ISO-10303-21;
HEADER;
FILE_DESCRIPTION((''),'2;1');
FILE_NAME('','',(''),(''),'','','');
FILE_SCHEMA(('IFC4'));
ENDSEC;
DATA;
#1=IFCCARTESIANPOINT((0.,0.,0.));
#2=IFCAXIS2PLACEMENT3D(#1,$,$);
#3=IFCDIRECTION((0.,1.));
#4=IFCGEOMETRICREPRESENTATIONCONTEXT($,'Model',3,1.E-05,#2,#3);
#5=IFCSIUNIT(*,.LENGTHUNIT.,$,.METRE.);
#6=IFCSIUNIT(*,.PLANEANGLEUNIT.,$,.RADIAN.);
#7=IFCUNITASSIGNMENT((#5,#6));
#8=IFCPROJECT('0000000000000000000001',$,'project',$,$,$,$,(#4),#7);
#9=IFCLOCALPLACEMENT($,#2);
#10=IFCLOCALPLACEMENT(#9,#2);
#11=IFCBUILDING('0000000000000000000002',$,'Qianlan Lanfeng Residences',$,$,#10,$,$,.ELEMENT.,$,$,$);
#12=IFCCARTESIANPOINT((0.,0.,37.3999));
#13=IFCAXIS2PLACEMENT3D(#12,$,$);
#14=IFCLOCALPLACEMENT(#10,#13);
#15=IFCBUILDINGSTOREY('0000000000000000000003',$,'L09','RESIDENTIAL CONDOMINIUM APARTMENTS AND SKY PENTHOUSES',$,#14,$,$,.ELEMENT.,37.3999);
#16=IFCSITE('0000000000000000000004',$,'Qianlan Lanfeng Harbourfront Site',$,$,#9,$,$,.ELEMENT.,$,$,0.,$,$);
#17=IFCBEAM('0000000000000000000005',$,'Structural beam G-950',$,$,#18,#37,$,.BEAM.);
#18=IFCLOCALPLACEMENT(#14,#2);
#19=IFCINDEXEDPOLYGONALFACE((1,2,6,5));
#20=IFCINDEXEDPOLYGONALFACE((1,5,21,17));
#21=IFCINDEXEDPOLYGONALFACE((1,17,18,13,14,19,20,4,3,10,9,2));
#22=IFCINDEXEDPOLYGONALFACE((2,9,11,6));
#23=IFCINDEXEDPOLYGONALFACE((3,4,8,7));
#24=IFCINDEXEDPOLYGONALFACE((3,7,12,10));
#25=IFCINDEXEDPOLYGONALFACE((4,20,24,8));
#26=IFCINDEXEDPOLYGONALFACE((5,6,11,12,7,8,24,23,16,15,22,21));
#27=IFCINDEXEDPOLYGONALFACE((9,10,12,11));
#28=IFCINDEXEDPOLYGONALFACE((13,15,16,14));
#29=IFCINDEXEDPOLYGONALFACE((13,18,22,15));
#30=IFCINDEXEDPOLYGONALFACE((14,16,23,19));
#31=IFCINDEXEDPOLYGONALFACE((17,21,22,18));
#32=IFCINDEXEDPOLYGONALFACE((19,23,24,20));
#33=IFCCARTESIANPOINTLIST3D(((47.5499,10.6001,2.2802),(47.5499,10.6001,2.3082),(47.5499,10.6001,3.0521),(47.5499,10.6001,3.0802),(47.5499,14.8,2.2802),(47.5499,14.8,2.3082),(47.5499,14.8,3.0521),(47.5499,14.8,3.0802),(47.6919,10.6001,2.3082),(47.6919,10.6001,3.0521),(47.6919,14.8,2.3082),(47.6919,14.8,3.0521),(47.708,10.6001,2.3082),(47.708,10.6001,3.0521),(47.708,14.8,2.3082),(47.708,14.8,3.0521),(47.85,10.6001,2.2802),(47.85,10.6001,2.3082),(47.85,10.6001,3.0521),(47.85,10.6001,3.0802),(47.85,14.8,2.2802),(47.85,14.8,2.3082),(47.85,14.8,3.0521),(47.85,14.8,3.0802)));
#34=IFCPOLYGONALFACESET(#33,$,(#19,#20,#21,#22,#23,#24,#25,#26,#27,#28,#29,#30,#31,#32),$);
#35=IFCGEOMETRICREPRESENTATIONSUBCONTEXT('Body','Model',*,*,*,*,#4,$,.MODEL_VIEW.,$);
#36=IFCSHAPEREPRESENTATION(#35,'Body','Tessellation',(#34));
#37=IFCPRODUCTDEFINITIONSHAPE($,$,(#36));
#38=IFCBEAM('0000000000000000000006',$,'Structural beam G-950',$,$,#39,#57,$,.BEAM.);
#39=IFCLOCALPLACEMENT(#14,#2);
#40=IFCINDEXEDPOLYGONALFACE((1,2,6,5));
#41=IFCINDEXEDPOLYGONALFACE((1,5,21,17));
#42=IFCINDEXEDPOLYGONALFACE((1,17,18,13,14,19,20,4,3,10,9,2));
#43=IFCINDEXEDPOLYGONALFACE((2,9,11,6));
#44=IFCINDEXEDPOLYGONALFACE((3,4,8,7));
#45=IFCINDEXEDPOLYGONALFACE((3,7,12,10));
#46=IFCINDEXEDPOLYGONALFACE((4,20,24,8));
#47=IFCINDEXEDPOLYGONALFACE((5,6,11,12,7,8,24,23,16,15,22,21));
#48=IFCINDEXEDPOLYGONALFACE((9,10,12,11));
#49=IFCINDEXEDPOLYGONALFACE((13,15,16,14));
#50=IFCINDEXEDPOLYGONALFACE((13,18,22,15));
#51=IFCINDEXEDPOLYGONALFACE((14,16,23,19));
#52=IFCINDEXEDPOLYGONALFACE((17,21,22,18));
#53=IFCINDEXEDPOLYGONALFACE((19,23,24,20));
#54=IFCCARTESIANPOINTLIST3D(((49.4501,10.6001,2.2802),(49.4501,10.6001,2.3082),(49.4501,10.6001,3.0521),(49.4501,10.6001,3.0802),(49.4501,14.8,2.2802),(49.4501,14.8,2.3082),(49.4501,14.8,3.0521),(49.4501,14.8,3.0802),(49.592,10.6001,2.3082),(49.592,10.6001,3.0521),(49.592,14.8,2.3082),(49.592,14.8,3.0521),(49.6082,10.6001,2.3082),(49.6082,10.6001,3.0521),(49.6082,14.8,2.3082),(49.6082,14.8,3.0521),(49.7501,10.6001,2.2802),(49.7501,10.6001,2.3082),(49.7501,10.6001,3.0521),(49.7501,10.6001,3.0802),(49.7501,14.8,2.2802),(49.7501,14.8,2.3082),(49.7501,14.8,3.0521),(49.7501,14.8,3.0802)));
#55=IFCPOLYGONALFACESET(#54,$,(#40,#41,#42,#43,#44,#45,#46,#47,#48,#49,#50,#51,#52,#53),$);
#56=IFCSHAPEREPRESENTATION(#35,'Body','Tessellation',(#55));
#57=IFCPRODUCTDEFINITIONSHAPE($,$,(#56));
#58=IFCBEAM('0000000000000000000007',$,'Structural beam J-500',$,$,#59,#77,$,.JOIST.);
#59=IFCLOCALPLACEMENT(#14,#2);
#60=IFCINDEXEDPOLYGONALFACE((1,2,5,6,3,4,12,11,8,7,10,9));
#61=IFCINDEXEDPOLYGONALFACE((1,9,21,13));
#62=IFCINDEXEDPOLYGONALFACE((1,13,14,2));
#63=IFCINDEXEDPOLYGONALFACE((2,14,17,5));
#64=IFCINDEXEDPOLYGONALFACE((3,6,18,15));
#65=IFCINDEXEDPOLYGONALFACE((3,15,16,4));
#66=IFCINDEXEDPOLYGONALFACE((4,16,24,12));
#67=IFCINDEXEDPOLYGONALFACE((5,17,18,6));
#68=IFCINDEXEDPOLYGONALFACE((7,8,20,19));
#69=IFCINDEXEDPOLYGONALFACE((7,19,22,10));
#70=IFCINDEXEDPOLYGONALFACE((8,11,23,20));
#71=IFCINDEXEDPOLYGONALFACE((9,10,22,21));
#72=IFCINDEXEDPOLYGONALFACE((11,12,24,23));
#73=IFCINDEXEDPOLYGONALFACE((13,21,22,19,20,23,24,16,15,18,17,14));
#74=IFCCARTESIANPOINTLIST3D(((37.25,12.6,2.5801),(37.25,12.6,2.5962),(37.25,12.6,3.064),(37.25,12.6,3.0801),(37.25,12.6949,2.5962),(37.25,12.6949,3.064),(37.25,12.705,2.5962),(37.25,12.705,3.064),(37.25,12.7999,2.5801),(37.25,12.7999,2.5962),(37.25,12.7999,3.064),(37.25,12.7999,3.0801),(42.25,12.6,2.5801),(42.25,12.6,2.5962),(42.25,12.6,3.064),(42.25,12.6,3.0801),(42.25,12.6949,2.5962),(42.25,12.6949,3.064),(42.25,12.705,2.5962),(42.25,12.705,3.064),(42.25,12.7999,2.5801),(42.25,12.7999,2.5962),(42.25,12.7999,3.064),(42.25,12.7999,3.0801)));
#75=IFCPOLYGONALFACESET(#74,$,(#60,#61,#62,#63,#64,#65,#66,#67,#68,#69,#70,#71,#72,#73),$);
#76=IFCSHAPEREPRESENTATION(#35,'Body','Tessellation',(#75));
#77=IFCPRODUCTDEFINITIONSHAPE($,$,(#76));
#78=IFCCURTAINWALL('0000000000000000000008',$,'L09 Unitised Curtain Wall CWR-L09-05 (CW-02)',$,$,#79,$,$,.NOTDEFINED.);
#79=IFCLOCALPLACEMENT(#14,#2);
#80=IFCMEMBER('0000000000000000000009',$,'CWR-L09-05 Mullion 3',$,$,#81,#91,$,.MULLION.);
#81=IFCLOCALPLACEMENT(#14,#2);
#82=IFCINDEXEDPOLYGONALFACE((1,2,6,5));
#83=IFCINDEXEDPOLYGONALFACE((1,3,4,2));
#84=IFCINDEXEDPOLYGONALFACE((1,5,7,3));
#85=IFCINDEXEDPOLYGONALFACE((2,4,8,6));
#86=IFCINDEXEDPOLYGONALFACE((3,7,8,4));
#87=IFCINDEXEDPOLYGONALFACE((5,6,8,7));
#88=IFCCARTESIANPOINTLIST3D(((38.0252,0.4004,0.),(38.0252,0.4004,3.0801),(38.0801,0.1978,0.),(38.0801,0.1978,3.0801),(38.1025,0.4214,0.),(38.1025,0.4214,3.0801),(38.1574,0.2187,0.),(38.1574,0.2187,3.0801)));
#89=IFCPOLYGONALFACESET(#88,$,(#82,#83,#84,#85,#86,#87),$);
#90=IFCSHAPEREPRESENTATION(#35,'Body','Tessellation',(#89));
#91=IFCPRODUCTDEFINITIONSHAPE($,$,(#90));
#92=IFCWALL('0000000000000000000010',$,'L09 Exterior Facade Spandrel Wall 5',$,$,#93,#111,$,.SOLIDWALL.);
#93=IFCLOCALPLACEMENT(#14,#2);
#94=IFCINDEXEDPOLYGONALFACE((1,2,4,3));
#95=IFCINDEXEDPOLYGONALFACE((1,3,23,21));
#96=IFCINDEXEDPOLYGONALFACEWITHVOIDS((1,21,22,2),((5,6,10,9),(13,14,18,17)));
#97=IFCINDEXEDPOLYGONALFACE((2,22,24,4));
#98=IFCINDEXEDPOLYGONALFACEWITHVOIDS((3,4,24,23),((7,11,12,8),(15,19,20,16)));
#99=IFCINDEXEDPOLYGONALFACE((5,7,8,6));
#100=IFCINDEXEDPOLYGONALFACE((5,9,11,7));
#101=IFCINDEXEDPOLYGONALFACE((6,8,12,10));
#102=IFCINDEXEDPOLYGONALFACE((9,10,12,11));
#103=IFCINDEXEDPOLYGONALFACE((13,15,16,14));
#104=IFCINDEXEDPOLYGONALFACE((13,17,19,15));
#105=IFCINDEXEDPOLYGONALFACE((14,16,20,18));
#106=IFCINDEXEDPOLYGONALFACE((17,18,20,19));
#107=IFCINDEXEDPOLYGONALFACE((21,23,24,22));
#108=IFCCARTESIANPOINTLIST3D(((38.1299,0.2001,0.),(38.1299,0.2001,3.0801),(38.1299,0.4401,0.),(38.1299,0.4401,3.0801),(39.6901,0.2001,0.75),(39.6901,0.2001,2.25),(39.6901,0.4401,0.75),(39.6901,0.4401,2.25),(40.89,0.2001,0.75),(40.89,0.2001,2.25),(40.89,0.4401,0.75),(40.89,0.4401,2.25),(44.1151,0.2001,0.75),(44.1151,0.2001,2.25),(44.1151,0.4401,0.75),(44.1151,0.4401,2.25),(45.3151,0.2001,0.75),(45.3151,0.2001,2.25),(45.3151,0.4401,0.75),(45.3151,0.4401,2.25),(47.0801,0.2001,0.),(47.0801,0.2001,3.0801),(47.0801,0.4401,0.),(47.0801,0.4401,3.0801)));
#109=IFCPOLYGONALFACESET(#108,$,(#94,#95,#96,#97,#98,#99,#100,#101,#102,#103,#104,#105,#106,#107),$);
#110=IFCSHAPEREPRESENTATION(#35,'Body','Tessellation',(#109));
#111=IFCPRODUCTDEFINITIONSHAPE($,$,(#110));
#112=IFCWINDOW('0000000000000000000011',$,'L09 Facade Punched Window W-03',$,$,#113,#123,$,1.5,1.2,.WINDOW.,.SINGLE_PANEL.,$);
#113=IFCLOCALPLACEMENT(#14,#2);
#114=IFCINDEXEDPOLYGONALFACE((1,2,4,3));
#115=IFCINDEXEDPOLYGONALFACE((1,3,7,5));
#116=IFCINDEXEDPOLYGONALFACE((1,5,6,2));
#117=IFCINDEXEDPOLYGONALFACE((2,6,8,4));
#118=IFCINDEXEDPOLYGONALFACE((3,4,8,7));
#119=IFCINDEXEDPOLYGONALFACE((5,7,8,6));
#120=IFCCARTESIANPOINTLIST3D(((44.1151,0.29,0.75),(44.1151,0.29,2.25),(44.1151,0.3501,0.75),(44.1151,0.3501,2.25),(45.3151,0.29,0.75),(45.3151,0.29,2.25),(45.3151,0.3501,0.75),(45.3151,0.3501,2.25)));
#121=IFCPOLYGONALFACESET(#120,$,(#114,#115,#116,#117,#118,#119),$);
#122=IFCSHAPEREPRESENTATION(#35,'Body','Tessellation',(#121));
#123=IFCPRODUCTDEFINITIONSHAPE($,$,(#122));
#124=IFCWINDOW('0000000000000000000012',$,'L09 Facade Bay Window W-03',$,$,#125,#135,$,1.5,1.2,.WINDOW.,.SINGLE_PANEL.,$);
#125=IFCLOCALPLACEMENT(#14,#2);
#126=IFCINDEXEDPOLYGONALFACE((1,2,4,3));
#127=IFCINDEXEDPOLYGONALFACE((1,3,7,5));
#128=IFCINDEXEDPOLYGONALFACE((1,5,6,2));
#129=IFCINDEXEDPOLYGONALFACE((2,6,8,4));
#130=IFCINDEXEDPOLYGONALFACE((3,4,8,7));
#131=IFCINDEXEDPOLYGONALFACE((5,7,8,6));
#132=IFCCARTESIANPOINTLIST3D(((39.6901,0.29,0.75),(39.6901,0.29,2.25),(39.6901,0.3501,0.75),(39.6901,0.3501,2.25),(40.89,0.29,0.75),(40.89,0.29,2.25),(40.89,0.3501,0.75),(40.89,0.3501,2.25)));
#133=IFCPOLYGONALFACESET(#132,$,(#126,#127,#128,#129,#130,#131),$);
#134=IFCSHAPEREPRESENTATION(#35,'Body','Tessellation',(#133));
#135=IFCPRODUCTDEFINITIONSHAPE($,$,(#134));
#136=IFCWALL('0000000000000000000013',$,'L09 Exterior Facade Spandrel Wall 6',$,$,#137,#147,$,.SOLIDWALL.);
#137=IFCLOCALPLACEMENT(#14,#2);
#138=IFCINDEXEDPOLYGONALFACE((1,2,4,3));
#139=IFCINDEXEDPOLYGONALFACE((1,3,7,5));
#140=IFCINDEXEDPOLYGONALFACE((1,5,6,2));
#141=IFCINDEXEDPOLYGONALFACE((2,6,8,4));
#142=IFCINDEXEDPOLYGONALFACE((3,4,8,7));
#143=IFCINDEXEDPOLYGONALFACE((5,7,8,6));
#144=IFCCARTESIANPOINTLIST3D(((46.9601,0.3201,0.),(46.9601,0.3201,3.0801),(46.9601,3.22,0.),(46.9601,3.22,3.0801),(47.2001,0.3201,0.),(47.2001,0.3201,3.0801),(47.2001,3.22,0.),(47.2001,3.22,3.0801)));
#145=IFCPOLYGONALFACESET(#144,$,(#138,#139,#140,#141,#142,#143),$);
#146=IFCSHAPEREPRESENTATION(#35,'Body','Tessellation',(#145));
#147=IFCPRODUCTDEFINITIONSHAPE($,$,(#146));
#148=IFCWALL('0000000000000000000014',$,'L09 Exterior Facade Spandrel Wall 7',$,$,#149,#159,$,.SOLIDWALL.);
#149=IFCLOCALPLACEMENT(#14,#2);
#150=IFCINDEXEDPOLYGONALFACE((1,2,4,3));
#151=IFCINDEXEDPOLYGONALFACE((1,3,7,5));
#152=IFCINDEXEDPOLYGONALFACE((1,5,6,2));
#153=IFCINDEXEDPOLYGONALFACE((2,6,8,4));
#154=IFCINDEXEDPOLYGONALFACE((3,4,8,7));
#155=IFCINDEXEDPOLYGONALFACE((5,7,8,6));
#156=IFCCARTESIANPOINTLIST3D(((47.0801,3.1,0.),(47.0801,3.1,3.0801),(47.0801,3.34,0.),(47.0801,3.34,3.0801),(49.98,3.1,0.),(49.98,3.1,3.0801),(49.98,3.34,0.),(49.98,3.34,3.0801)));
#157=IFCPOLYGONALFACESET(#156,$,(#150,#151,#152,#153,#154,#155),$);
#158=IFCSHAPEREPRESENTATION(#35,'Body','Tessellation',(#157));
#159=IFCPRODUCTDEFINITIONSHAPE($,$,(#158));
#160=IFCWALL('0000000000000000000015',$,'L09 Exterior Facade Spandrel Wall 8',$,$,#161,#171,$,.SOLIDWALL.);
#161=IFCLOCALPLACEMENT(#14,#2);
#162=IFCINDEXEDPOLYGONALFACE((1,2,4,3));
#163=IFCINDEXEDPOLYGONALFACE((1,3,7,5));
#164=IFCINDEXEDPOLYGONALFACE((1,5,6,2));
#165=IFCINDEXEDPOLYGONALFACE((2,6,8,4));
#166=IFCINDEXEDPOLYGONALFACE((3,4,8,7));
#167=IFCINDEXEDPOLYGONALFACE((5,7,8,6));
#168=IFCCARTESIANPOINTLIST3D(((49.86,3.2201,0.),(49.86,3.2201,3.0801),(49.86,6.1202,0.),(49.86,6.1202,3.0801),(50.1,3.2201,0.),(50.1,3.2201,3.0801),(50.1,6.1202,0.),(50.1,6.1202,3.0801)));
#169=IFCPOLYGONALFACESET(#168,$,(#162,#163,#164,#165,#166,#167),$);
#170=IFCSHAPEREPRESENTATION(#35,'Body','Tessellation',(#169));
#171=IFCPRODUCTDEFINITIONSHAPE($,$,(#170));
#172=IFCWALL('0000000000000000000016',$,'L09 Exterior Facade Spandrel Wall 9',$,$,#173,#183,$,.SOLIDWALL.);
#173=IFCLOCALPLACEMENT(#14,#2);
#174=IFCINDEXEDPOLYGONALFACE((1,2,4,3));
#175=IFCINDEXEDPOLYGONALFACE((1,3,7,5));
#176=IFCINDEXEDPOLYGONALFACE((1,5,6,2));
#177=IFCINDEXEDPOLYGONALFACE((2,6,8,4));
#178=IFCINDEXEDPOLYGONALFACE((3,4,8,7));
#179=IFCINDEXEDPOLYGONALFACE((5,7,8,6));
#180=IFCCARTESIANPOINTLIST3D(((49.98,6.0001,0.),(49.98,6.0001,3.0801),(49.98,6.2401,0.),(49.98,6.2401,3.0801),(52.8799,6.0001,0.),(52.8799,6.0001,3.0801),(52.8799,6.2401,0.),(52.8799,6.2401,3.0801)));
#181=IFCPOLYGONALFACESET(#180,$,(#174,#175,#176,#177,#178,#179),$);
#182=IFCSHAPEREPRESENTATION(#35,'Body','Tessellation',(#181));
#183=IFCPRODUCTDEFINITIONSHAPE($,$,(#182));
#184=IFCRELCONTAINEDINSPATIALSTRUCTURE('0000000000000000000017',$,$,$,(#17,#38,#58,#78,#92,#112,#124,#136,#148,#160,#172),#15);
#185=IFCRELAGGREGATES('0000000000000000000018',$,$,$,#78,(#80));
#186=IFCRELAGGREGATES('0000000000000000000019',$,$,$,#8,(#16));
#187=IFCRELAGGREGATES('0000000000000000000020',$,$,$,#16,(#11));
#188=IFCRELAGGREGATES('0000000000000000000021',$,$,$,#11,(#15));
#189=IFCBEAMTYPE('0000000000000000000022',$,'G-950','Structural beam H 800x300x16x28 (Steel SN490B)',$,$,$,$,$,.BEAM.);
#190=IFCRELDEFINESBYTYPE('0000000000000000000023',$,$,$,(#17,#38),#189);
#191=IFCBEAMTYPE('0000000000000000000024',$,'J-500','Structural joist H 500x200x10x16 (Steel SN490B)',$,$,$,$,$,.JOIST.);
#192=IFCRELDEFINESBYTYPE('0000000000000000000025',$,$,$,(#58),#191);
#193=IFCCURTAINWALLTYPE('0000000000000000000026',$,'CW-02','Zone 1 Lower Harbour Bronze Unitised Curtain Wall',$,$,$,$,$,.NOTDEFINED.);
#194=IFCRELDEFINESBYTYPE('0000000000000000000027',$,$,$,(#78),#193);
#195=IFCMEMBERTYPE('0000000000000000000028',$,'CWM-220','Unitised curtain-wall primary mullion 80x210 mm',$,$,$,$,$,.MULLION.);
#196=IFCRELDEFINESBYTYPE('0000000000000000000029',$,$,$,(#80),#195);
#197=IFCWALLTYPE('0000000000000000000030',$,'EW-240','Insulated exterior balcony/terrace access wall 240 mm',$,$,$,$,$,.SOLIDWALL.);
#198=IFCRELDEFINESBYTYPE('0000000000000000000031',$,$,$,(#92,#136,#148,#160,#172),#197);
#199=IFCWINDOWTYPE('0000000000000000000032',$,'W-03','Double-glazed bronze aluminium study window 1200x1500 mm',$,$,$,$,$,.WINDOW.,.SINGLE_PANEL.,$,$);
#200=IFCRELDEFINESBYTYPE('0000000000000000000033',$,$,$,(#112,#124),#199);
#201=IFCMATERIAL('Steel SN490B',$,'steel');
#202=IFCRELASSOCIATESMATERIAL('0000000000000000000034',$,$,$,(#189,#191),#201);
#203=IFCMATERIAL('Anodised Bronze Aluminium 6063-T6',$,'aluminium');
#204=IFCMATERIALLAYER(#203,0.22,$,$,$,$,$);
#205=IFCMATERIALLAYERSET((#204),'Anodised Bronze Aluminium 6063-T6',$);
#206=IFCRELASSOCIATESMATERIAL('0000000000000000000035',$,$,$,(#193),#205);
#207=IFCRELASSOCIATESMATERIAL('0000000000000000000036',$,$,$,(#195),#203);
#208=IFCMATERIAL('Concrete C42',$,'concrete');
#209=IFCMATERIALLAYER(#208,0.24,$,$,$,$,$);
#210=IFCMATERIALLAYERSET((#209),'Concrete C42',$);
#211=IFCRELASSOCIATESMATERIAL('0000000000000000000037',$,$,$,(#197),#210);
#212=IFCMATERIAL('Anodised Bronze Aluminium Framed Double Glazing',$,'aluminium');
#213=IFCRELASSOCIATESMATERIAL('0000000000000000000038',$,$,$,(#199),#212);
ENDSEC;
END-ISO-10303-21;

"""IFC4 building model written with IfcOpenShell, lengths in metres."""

from ifc_helpers import new_model, si_unit, direction, frame, frame_2d, origin, origin_2d, place, context, subcontext, project, spatial, rectangle, i_section, extrude, source, transform, mapped, material, layer, layer_set, material_profile, profile_set, type_object, element, fill, aggregate, save


model = new_model("IFC4")

# Units and contexts
model_context = context("Model", 3, precision=1e-05, world=origin(), true_north=direction((0.0, 1.0)))
body_context = subcontext(model_context, "Body", "Model", "MODEL_VIEW")
ifc_project = project(units=[si_unit("LENGTHUNIT", "METRE"), si_unit("PLANEANGLEUNIT", "RADIAN")], contexts=[model_context])

# Site, building, storey
site_placement = place(None, origin())
site = spatial("IfcSite", under=ifc_project, at=site_placement, Name="Qianlan Lanfeng Harbourfront Site", CompositionType="ELEMENT", RefElevation=0.0)
building_placement = place(site_placement, origin())
building = spatial("IfcBuilding", under=site, at=building_placement, Name="Qianlan Lanfeng Residences", CompositionType="ELEMENT")
storey_placement = place(building_placement, frame((0.0, 0.0, 37.3999)))
storey = spatial("IfcBuildingStorey", under=building, at=storey_placement, Name="L09", Description="RESIDENTIAL CONDOMINIUM APARTMENTS AND SKY PENTHOUSES", CompositionType="ELEMENT", Elevation=37.3999)

# Shared definitions
ifc_material_1 = material(Name="Steel SN490B", Category="steel")

# Beams
ifc_material_profile_1 = material_profile(ifc_material_1, i_section(OverallWidth=0.3, OverallDepth=0.8, WebThickness=0.0161, FlangeThickness=0.0281, at=origin_2d()), Name="H 800x300x16x28")
ifc_profile_set_1 = profile_set([ifc_material_profile_1], Name="Steel SN490B")
beam_type_1 = type_object("IfcBeamType", Name="G-950", Description="Structural beam H 800x300x16x28 (Steel SN490B)", PredefinedType="BEAM", material=ifc_profile_set_1)
for number, where, z_axis, x_axis, name in (
    (1, (47.7, 10.6001, 2.6802), (0.0, 1.0, 0.0), (-1.0, 0.0, 0.0), "Structural beam G-950"),
    (2, (49.6001, 10.6001, 2.6802), (0.0, 1.0, 0.0), (-1.0, 0.0, 0.0), "Structural beam G-950"),
):
    element("IfcBeam", number, at=place(storey_placement, frame(where, z_axis=z_axis, x_axis=x_axis)), inside=storey, type_object=beam_type_1, Name=name, PredefinedType="BEAM", context=body_context, shape_type="SweptSolid", body=[
        extrude(i_section(OverallWidth=0.3, OverallDepth=0.8, WebThickness=0.0161, FlangeThickness=0.0281, at=origin_2d()), origin(), (0.0, 0.0, 1.0), 4.2),
    ])
ifc_material_profile_2 = material_profile(ifc_material_1, i_section(OverallWidth=0.2, OverallDepth=0.5, WebThickness=0.01, FlangeThickness=0.0161, at=origin_2d()), Name="H 500x200x10x16")
ifc_profile_set_2 = profile_set([ifc_material_profile_2], Name="Steel SN490B")
beam_type_2 = type_object("IfcBeamType", Name="J-500", Description="Structural joist H 500x200x10x16 (Steel SN490B)", PredefinedType="JOIST", material=ifc_profile_set_2)
beam_1_placement = place(storey_placement, frame((37.25, 12.7, 2.8301), z_axis=(1.0, 0.0, 0.0), x_axis=(0.0, 1.0, 0.0)))
element("IfcBeam", 3, at=beam_1_placement, inside=storey, type_object=beam_type_2, Name="Structural beam J-500", PredefinedType="JOIST", context=body_context, shape_type="SweptSolid", body=[
    extrude(i_section(OverallWidth=0.2, OverallDepth=0.5, WebThickness=0.01, FlangeThickness=0.0161, at=origin_2d()), origin(), (0.0, 0.0, 1.0), 5.0),
])

# Curtain wall, member
ifc_material_2 = material(Name="Anodised Bronze Aluminium 6063-T6", Category="aluminium")
ifc_layer_1 = layer(ifc_material_2, 0.22)
ifc_layer_set_1 = layer_set([ifc_layer_1], Name="Anodised Bronze Aluminium 6063-T6")
curtain_wall_type = type_object("IfcCurtainWallType", Name="CW-02", Description="Zone 1 Lower Harbour Bronze Unitised Curtain Wall", PredefinedType="NOTDEFINED", material=ifc_layer_set_1)
curtain_wall_placement = place(storey_placement, origin())
curtain_wall = element("IfcCurtainWall", 4, at=curtain_wall_placement, inside=storey, type_object=curtain_wall_type, Name="L09 Unitised Curtain Wall CWR-L09-05 (CW-02)", PredefinedType="NOTDEFINED")
ifc_material_profile_3 = material_profile(ifc_material_2, rectangle(XDim=0.0801, YDim=0.21, at=origin_2d()), Name="ALU MULLION 80x210")
ifc_profile_set_3 = profile_set([ifc_material_profile_3], Name="Anodised Bronze Aluminium 6063-T6")
member_type = type_object("IfcMemberType", Name="CWM-220", Description="Unitised curtain-wall primary mullion 80x210 mm", PredefinedType="MULLION", material=ifc_profile_set_3)
shared_shape = source(origin(), body_context, "Body", "SweptSolid", [
    extrude(rectangle(XDim=0.0801, YDim=0.21, at=origin_2d()), origin(), (0.0, 0.0, 1.0), 3.0801),
])
member_placement = place(storey_placement, frame((38.0913, 0.3096, 0.0), z_axis=(0.0, 0.0, 1.0), x_axis=(0.965263, 0.261281, 0.0)))
member = element("IfcMember", 5, at=member_placement, type_object=member_type, Name="CWR-L09-05 Mullion 3", PredefinedType="MULLION", context=body_context, shape_type="MappedRepresentation", body=[
    mapped(shared_shape, transform((0.0, 0.0, 0.0), scale=1.0)),
])
aggregate(curtain_wall, [member])

# Wall, openings, windows
ifc_material_3 = material(Name="Concrete C42", Category="concrete")
ifc_layer_2 = layer(ifc_material_3, 0.24)
ifc_layer_set_2 = layer_set([ifc_layer_2], Name="Concrete C42")
wall_type_1 = type_object("IfcWallType", Name="EW-240", Description="Insulated exterior balcony/terrace access wall 240 mm", PredefinedType="SOLIDWALL", material=ifc_layer_set_2)
wall_1_placement = place(storey_placement, frame((38.1299, 0.3201, 0.0), z_axis=(0.0, 0.0, 1.0), x_axis=(1.0, 0.0, 0.0)))
wall_1 = element("IfcWall", 6, at=wall_1_placement, inside=storey, type_object=wall_type_1, Name="L09 Exterior Facade Spandrel Wall 5", PredefinedType="SOLIDWALL", context=body_context, shape_type="SweptSolid", body=[
    extrude(rectangle(XDim=8.9502, YDim=0.24, at=frame_2d((4.4751, 0.0))), origin(), (0.0, 0.0, 1.0), 3.0801),
])
opening_1_placement = place(wall_1_placement, frame((5.9851, 0.0, 0.75)))
opening_1 = element("IfcOpeningElement", 7, at=opening_1_placement, cuts=wall_1, PredefinedType="OPENING", context=body_context, shape_type="SweptSolid", body=[
    extrude(rectangle(XDim=1.2, YDim=1.5, at=frame_2d((0.6001, 0.75))), frame((0.0, 0.1299, 0.0), z_axis=(0.0, -1.0, 0.0), x_axis=(1.0, 0.0, 0.0)), (0.0, 0.0, 1.0), 0.26),
])
opening_2_placement = place(wall_1_placement, frame((1.5601, 0.0, 0.75)))
opening_2 = element("IfcOpeningElement", 8, at=opening_2_placement, cuts=wall_1, PredefinedType="OPENING", context=body_context, shape_type="SweptSolid", body=[
    extrude(rectangle(XDim=1.2, YDim=1.5, at=frame_2d((0.6001, 0.75))), frame((0.0, 0.1299, 0.0), z_axis=(0.0, -1.0, 0.0), x_axis=(1.0, 0.0, 0.0)), (0.0, 0.0, 1.0), 0.26),
])
ifc_material_4 = material(Name="Anodised Bronze Aluminium Framed Double Glazing", Category="aluminium")
window_type_1 = type_object("IfcWindowType", Name="W-03", Description="Double-glazed bronze aluminium study window 1200x1500 mm", PartitioningType="SINGLE_PANEL", PredefinedType="WINDOW", material=ifc_material_4)
window_1_placement = place(opening_1_placement, origin())
window_1 = element("IfcWindow", 9, at=window_1_placement, inside=storey, type_object=window_type_1, Name="L09 Facade Punched Window W-03", OverallHeight=1.5, OverallWidth=1.2, PartitioningType="SINGLE_PANEL", PredefinedType="WINDOW", context=body_context, shape_type="SweptSolid", body=[
    extrude(rectangle(XDim=1.2, YDim=1.5, at=frame_2d((0.6001, 0.75))), frame((0.0, 0.03, 0.0), z_axis=(0.0, -1.0, 0.0), x_axis=(1.0, 0.0, 0.0)), (0.0, 0.0, 1.0), 0.0601),
])
fill(opening_1, window_1)
window_2_placement = place(opening_2_placement, origin())
window_2 = element("IfcWindow", 10, at=window_2_placement, inside=storey, type_object=window_type_1, Name="L09 Facade Bay Window W-03", OverallHeight=1.5, OverallWidth=1.2, PartitioningType="SINGLE_PANEL", PredefinedType="WINDOW", context=body_context, shape_type="SweptSolid", body=[
    extrude(rectangle(XDim=1.2, YDim=1.5, at=frame_2d((0.6001, 0.75))), frame((0.0, 0.03, 0.0), z_axis=(0.0, -1.0, 0.0), x_axis=(1.0, 0.0, 0.0)), (0.0, 0.0, 1.0), 0.0601),
])
fill(opening_2, window_2)

# Walls
for number, where, z_axis, x_axis, name in (
    (11, (47.0801, 0.3201, 0.0), (0.0, 0.0, 1.0), (0.0, 1.0, 0.0), "L09 Exterior Facade Spandrel Wall 6"),
    (12, (47.0801, 3.22, 0.0), (0.0, 0.0, 1.0), (1.0, 0.0, 0.0), "L09 Exterior Facade Spandrel Wall 7"),
):
    element("IfcWall", number, at=place(storey_placement, frame(where, z_axis=z_axis, x_axis=x_axis)), inside=storey, type_object=wall_type_1, Name=name, PredefinedType="SOLIDWALL", context=body_context, shape_type="SweptSolid", body=[
        extrude(rectangle(XDim=2.8999, YDim=0.24, at=frame_2d((1.45, 0.0))), origin(), (0.0, 0.0, 1.0), 3.0801),
    ])
wall_2_placement = place(storey_placement, frame((49.98, 3.22, 0.0), z_axis=(0.0, 0.0, 1.0), x_axis=(0.0, 1.0, 0.0)))
element("IfcWall", 13, at=wall_2_placement, inside=storey, type_object=wall_type_1, Name="L09 Exterior Facade Spandrel Wall 8", PredefinedType="SOLIDWALL", context=body_context, shape_type="SweptSolid", body=[
    extrude(rectangle(XDim=2.9001, YDim=0.24, at=frame_2d((1.4502, 0.0))), origin(), (0.0, 0.0, 1.0), 3.0801),
])
wall_3_placement = place(storey_placement, frame((49.98, 6.1201, 0.0), z_axis=(0.0, 0.0, 1.0), x_axis=(1.0, 0.0, 0.0)))
element("IfcWall", 14, at=wall_3_placement, inside=storey, type_object=wall_type_1, Name="L09 Exterior Facade Spandrel Wall 9", PredefinedType="SOLIDWALL", context=body_context, shape_type="SweptSolid", body=[
    extrude(rectangle(XDim=2.8999, YDim=0.24, at=frame_2d((1.45, 0.0))), origin(), (0.0, 0.0, 1.0), 3.0801),
])

save(model, "model.ifc")
